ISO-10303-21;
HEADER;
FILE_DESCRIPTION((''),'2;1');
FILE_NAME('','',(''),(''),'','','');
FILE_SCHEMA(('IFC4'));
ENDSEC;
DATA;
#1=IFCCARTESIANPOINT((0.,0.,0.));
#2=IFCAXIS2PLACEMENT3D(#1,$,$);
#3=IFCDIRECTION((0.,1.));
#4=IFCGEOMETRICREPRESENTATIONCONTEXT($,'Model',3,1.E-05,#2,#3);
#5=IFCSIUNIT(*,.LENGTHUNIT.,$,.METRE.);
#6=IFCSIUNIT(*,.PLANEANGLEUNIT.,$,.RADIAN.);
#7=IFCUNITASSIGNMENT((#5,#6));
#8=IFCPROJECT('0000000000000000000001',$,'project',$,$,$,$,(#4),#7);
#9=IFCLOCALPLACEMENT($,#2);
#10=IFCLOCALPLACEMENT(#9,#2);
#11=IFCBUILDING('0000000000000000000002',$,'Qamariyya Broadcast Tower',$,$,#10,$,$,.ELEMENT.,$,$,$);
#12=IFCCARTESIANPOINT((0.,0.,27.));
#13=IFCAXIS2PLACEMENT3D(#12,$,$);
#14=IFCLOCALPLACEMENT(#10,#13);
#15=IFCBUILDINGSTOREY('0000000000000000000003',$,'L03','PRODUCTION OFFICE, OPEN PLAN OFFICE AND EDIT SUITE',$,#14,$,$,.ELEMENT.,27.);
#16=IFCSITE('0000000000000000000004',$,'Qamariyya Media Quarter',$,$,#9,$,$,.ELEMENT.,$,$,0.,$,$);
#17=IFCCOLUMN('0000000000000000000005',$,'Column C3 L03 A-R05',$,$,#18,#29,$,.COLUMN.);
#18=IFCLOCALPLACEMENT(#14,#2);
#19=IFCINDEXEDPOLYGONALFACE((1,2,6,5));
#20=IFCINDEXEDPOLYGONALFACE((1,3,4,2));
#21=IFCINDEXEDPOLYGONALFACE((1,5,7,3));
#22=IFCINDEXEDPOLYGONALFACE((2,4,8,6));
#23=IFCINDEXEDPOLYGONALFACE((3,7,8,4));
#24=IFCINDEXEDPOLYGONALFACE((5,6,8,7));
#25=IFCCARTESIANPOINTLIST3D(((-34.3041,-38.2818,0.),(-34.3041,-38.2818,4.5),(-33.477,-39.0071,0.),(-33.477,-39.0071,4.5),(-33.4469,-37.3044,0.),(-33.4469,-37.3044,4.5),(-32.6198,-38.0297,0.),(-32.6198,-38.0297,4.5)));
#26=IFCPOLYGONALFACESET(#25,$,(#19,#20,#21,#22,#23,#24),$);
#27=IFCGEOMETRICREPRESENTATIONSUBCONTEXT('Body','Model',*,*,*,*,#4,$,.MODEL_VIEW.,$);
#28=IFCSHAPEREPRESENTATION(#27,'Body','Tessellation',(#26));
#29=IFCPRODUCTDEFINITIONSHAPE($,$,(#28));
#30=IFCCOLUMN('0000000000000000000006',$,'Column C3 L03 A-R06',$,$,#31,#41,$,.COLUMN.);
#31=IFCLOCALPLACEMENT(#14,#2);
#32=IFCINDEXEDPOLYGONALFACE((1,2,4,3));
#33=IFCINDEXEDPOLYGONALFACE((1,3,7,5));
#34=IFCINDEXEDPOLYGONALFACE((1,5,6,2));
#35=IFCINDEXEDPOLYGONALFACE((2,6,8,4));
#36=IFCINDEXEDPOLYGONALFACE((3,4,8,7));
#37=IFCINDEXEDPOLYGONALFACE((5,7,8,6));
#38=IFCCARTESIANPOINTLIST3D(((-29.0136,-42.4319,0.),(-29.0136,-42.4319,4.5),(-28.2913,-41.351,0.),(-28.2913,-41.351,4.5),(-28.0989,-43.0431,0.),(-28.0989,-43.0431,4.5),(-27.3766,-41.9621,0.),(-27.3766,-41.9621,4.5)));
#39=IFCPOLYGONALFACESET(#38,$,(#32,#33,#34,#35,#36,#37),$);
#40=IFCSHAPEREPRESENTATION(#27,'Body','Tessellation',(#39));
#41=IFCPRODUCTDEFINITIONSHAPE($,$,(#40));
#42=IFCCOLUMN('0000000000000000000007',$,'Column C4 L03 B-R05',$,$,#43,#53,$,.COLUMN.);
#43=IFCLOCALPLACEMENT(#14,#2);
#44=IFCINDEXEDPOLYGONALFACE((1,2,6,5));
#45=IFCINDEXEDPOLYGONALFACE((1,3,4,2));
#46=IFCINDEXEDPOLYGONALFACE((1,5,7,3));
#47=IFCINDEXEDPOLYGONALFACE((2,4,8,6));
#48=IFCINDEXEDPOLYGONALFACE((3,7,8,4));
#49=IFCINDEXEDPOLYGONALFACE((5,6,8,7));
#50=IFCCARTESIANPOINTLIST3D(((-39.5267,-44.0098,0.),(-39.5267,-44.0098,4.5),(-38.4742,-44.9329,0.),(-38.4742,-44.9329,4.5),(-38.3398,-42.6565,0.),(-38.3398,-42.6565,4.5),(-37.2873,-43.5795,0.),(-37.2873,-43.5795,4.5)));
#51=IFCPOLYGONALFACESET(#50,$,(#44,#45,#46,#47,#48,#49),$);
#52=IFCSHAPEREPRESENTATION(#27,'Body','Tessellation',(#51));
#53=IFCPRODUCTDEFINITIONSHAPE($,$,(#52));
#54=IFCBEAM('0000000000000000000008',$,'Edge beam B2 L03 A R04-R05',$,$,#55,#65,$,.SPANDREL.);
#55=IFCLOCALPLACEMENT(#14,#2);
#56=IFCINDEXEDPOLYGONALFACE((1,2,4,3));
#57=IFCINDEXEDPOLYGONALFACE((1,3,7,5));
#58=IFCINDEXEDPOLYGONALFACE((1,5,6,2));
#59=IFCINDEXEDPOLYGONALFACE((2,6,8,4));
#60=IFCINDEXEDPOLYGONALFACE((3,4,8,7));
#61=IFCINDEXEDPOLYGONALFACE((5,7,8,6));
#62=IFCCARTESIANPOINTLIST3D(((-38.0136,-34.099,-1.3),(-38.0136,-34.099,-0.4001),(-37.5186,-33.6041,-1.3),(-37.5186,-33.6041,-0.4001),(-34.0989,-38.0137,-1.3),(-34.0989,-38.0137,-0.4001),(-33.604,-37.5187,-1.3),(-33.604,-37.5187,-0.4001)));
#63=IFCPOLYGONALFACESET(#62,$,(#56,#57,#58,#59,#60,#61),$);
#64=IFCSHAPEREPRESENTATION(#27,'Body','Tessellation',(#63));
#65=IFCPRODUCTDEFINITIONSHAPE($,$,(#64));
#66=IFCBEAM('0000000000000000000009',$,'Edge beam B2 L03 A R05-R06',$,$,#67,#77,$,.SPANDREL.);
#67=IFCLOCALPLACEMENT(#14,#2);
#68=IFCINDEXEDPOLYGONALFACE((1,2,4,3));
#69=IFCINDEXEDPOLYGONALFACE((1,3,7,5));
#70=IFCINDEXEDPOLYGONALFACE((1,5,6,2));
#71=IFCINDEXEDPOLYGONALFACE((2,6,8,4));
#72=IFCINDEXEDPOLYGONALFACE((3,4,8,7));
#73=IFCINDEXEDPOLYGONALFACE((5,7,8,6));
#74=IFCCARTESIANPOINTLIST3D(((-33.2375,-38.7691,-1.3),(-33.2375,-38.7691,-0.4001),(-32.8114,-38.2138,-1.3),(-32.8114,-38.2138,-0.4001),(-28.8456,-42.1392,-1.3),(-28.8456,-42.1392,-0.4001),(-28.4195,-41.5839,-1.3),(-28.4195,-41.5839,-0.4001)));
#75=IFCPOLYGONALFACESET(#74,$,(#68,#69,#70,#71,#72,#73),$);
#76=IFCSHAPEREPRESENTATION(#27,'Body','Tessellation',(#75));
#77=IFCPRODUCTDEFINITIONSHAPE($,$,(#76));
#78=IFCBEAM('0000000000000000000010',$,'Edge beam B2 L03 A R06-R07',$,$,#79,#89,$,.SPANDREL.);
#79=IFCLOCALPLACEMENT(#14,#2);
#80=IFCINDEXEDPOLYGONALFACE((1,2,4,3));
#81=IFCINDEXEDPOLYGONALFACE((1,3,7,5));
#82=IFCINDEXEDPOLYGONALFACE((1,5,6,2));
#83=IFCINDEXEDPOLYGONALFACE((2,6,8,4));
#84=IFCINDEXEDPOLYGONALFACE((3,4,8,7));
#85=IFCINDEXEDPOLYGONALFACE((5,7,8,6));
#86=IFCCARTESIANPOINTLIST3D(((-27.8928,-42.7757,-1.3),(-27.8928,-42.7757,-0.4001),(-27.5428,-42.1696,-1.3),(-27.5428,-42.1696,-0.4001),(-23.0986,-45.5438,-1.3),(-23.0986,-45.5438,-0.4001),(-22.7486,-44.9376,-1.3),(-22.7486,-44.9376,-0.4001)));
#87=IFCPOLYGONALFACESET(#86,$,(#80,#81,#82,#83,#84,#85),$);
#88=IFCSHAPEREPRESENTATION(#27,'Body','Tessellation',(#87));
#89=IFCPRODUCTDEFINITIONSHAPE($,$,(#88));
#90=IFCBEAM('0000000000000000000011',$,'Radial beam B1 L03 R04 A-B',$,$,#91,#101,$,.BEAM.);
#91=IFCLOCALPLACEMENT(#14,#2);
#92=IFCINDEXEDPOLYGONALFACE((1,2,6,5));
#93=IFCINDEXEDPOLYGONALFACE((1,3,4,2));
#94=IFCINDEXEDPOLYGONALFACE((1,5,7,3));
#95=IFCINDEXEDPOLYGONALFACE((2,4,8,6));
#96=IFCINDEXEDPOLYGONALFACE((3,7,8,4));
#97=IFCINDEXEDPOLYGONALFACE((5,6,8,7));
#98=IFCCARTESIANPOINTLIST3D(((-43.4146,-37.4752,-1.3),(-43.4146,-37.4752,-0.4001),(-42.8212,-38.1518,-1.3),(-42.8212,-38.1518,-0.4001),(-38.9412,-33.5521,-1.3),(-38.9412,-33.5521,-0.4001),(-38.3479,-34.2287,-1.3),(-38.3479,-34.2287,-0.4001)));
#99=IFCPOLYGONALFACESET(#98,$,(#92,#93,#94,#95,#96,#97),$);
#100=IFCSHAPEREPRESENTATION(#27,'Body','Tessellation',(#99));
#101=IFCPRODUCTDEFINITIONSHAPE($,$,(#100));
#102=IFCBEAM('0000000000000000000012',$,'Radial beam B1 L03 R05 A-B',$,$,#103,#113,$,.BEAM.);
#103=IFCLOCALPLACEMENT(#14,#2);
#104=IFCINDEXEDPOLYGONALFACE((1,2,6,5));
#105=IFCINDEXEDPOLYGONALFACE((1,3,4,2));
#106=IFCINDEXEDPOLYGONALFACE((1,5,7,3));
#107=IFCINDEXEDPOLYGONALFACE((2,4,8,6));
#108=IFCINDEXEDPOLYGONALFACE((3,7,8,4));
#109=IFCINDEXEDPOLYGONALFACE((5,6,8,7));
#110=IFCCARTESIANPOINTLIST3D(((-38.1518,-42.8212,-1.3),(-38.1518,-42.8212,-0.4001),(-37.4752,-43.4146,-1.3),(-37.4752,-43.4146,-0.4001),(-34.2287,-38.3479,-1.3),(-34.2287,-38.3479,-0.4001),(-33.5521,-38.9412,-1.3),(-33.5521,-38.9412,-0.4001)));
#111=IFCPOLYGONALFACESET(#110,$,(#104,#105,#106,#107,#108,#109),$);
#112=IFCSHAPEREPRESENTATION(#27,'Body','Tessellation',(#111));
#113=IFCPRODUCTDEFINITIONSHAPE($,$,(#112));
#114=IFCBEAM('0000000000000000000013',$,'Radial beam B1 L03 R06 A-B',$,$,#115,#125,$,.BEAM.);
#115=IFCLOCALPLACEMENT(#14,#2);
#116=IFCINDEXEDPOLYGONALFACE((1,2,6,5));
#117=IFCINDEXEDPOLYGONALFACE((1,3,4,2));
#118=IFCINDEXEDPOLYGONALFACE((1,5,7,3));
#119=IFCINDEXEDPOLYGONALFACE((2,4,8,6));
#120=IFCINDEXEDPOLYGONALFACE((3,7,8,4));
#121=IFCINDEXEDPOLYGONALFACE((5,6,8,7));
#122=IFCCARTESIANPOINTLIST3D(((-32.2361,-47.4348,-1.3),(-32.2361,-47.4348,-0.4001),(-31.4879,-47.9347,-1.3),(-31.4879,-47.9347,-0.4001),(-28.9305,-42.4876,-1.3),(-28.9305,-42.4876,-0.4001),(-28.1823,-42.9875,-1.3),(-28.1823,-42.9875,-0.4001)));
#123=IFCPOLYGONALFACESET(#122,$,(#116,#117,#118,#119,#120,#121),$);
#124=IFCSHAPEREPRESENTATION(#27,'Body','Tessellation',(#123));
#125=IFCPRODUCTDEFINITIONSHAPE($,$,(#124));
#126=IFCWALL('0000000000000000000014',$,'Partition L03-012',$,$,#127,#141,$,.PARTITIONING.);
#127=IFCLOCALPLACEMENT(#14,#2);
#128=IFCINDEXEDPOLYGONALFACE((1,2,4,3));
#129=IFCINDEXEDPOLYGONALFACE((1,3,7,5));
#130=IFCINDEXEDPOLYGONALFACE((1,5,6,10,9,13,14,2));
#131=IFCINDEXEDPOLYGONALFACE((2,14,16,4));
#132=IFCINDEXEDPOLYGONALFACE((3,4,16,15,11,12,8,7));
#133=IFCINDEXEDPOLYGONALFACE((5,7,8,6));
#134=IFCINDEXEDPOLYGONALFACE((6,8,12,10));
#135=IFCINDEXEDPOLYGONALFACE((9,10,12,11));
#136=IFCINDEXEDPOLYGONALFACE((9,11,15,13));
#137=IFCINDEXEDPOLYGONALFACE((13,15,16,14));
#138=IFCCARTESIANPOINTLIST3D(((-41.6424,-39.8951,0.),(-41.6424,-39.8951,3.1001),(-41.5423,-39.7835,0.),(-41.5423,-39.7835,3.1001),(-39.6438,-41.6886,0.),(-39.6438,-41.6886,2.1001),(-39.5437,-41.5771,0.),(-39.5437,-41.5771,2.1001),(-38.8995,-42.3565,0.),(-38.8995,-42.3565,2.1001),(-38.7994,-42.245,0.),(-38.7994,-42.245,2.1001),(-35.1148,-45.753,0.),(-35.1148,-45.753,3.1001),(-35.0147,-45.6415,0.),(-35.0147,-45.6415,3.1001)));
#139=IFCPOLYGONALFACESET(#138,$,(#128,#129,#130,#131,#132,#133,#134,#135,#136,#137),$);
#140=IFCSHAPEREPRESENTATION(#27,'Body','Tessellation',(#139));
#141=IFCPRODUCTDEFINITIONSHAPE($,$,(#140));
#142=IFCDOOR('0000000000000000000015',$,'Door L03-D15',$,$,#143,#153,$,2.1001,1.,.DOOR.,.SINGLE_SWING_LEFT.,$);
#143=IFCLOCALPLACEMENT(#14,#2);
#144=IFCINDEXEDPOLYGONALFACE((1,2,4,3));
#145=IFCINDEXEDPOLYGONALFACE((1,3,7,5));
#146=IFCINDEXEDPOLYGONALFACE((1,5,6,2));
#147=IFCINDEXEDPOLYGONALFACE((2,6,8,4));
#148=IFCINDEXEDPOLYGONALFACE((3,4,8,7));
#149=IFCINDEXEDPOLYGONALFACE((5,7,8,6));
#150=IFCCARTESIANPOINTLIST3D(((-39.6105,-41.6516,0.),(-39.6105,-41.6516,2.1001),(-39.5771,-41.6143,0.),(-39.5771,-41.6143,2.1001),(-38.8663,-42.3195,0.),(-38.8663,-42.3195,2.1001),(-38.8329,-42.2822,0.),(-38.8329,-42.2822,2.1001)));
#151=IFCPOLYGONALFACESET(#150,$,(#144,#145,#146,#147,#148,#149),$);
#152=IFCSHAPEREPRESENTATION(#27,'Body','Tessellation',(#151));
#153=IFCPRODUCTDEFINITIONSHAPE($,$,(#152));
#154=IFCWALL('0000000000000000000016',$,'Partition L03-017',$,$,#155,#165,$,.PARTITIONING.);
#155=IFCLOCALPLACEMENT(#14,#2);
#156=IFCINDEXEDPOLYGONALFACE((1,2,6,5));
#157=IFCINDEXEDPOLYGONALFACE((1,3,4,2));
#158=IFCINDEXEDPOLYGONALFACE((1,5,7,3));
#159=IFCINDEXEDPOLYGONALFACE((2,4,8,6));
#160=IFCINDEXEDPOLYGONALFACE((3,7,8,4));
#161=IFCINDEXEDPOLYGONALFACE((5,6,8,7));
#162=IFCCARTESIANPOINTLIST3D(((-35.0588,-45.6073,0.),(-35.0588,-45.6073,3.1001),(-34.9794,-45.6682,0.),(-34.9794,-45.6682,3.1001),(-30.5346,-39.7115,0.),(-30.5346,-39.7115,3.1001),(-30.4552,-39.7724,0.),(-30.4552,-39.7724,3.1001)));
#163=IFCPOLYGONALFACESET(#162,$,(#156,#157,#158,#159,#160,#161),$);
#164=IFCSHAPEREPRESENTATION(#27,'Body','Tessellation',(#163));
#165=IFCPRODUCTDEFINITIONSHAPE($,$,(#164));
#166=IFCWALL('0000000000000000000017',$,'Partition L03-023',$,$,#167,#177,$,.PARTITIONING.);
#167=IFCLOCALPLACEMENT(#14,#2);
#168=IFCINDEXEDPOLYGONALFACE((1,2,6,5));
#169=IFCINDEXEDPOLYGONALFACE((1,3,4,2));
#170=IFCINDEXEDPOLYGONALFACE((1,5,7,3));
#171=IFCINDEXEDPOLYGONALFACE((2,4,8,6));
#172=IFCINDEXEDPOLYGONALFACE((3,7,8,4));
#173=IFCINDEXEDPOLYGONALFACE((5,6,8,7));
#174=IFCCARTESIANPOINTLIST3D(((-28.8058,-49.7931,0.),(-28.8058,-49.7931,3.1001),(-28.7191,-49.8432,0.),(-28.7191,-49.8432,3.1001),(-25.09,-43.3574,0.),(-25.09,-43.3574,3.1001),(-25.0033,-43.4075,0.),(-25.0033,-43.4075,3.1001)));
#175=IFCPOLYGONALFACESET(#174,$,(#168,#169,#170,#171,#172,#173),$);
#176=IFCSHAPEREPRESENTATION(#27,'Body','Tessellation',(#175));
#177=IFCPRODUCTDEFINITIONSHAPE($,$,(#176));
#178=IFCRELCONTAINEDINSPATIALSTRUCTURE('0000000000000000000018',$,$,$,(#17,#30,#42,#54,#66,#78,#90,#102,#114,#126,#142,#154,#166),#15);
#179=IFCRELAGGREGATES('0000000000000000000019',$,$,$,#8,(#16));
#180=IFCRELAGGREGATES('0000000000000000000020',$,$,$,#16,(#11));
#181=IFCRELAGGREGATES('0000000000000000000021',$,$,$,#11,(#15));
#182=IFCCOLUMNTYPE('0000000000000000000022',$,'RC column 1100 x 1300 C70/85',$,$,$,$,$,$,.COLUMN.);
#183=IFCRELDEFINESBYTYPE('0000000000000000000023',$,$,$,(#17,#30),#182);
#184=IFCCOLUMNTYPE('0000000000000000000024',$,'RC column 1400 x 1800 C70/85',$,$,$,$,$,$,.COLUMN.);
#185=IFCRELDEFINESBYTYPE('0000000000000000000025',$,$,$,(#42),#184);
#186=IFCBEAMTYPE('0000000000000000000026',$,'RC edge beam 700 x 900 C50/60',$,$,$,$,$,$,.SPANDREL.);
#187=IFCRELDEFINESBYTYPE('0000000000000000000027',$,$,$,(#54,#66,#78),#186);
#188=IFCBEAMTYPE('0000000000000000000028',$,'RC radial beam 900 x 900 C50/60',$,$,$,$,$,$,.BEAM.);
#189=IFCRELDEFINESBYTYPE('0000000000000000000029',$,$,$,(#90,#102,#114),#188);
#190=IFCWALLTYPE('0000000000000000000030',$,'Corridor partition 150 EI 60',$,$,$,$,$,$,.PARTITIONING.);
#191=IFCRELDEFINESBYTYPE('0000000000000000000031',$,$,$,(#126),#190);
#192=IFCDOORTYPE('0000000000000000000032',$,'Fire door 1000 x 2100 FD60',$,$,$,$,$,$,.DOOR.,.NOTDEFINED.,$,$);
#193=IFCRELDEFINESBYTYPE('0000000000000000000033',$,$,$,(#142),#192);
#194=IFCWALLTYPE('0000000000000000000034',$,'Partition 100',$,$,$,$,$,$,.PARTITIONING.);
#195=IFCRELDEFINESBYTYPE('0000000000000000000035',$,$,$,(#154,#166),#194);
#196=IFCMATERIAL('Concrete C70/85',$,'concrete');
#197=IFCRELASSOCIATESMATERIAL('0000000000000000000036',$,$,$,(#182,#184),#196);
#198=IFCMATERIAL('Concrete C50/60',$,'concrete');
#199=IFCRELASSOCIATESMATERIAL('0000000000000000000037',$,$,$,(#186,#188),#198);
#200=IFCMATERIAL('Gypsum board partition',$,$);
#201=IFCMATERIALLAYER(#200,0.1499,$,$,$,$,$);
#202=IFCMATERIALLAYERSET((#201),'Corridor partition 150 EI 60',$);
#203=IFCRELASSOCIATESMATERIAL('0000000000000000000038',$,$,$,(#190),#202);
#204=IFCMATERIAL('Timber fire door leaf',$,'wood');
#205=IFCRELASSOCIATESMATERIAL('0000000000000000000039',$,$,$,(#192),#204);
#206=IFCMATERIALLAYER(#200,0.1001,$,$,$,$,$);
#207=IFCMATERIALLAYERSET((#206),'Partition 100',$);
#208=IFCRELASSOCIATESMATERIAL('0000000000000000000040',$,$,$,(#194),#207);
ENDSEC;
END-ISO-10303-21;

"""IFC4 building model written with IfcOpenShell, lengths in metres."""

from ifc_helpers import new_model, si_unit, direction, frame, frame_2d, origin, origin_2d, place, context, subcontext, project, spatial, rectangle, extrude, material, layer, layer_set, material_profile, profile_set, type_object, element, fill, save


model = new_model("IFC4")

# Units and contexts
model_context = context("Model", 3, precision=1e-05, world=origin(), true_north=direction((0.0, 1.0)))
body_context = subcontext(model_context, "Body", "Model", "MODEL_VIEW")
ifc_project = project(units=[si_unit("LENGTHUNIT", "METRE"), si_unit("PLANEANGLEUNIT", "RADIAN")], contexts=[model_context])

# Site, building, storey
site_placement = place(None, origin())
site = spatial("IfcSite", under=ifc_project, at=site_placement, Name="Qamariyya Media Quarter", CompositionType="ELEMENT", RefElevation=0.0)
building_placement = place(site_placement, origin())
building = spatial("IfcBuilding", under=site, at=building_placement, Name="Qamariyya Broadcast Tower", CompositionType="ELEMENT")
storey_placement = place(building_placement, frame((0.0, 0.0, 27.0)))
storey = spatial("IfcBuildingStorey", under=building, at=storey_placement, Name="L03", Description="PRODUCTION OFFICE, OPEN PLAN OFFICE AND EDIT SUITE", CompositionType="ELEMENT", Elevation=27.0)

# Columns
ifc_material_1 = material(Name="Concrete C70/85", Category="concrete")
ifc_material_profile_1 = material_profile(ifc_material_1, rectangle(XDim=1.1001, YDim=1.3, at=origin_2d()))
ifc_profile_set_1 = profile_set([ifc_material_profile_1], Name="Concrete C70/85")
column_type_1 = type_object("IfcColumnType", Name="RC column 1100 x 1300 C70/85", PredefinedType="COLUMN", material=ifc_profile_set_1)
for number, where, z_axis, x_axis, name in (
    (1, (-33.4619, -38.1558, 0.0), (0.0, 0.0, 1.0), (0.75184, -0.659346, 0.0), "Column C3 L03 A-R05"),
    (2, (-28.1951, -42.197, 0.0), (0.0, 0.0, 1.0), (0.83147, -0.55557, 0.0), "Column C3 L03 A-R06"),
):
    element("IfcColumn", number, at=place(storey_placement, frame(where, z_axis=z_axis, x_axis=x_axis)), inside=storey, type_object=column_type_1, Name=name, PredefinedType="COLUMN", context=body_context, shape_type="SweptSolid", body=[
        extrude(rectangle(XDim=1.1001, YDim=1.3, at=origin_2d()), origin(), (0.0, 0.0, 1.0), 4.5),
    ])
ifc_material_profile_2 = material_profile(ifc_material_1, rectangle(XDim=1.3999, YDim=1.8, at=origin_2d()))
ifc_profile_set_2 = profile_set([ifc_material_profile_2], Name="Concrete C70/85")
column_type_2 = type_object("IfcColumnType", Name="RC column 1400 x 1800 C70/85", PredefinedType="COLUMN", material=ifc_profile_set_2)
column_placement = place(storey_placement, frame((-38.407, -43.7947, 0.0), z_axis=(0.0, 0.0, 1.0), x_axis=(0.75184, -0.659346, 0.0)))
element("IfcColumn", 3, at=column_placement, inside=storey, type_object=column_type_2, Name="Column C4 L03 B-R05", PredefinedType="COLUMN", context=body_context, shape_type="SweptSolid", body=[
    extrude(rectangle(XDim=1.3999, YDim=1.8, at=origin_2d()), origin(), (0.0, 0.0, 1.0), 4.5),
])

# Beams
ifc_material_2 = material(Name="Concrete C50/60", Category="concrete")
ifc_material_profile_3 = material_profile(ifc_material_2, rectangle(XDim=0.7, YDim=0.8999, at=origin_2d()))
ifc_profile_set_3 = profile_set([ifc_material_profile_3], Name="Concrete C50/60")
beam_type_1 = type_object("IfcBeamType", Name="RC edge beam 700 x 900 C50/60", PredefinedType="SPANDREL", material=ifc_profile_set_3)
beam_placement = place(storey_placement, frame((-37.7661, -33.8516, -0.8501), z_axis=(0.707107, -0.707107, 0.0), x_axis=(0.707107, 0.707107, 0.0)))
element("IfcBeam", 4, at=beam_placement, inside=storey, type_object=beam_type_1, Name="Edge beam B2 L03 A R04-R05", PredefinedType="SPANDREL", context=body_context, shape_type="SweptSolid", body=[
    extrude(rectangle(XDim=0.7, YDim=0.8999, at=origin_2d()), origin(), (0.0, 0.0, 1.0), 5.5361),
])
for number, where, z_axis, x_axis, name in (
    (5, (-33.0244, -38.4915, -0.8501), (0.793342, -0.608777, 0.0), (0.608777, 0.793342, 0.0), "Edge beam B2 L03 A R05-R06"),
    (6, (-27.7178, -42.4727, -0.8501), (0.866014, -0.500019, 0.0), (0.500019, 0.866014, 0.0), "Edge beam B2 L03 A R06-R07"),
):
    element("IfcBeam", number, at=place(storey_placement, frame(where, z_axis=z_axis, x_axis=x_axis)), inside=storey, type_object=beam_type_1, Name=name, PredefinedType="SPANDREL", context=body_context, shape_type="SweptSolid", body=[
        extrude(rectangle(XDim=0.7, YDim=0.8999, at=origin_2d()), origin(), (0.0, 0.0, 1.0), 5.5359),
    ])
ifc_material_profile_4 = material_profile(ifc_material_2, rectangle(XDim=0.8999, YDim=0.8999, at=origin_2d()))
ifc_profile_set_4 = profile_set([ifc_material_profile_4], Name="Concrete C50/60")
beam_type_2 = type_object("IfcBeamType", Name="RC radial beam 900 x 900 C50/60", PredefinedType="BEAM", material=ifc_profile_set_4)
for number, where, z_axis, x_axis, name in (
    (7, (-38.6445, -33.8904, -0.8501), (-0.751837, -0.65935, 0.0), (0.65935, -0.751837, 0.0), "Radial beam B1 L03 R04 A-B"),
    (8, (-33.8904, -38.6445, -0.8501), (-0.65935, -0.751837, 0.0), (0.751837, -0.65935, 0.0), "Radial beam B1 L03 R05 A-B"),
    (9, (-28.5564, -42.7375, -0.8501), (-0.555571, -0.831469, 0.0), (0.831469, -0.555571, 0.0), "Radial beam B1 L03 R06 A-B"),
):
    element("IfcBeam", number, at=place(storey_placement, frame(where, z_axis=z_axis, x_axis=x_axis)), inside=storey, type_object=beam_type_2, Name=name, PredefinedType="BEAM", context=body_context, shape_type="SweptSolid", body=[
        extrude(rectangle(XDim=0.8999, YDim=0.8999, at=origin_2d()), origin(), (0.0, 0.0, 1.0), 5.95),
    ])

# Wall, opening, door
ifc_material_3 = material(Name="Gypsum board partition")
ifc_layer_1 = layer(ifc_material_3, 0.1499)
ifc_layer_set_1 = layer_set([ifc_layer_1], Name="Corridor partition 150 EI 60")
wall_type_1 = type_object("IfcWallType", Name="Corridor partition 150 EI 60", PredefinedType="PARTITIONING", material=ifc_layer_set_1)
wall_1_placement = place(storey_placement, frame((-41.5923, -39.8394, 0.0), z_axis=(0.0, 0.0, 1.0), x_axis=(0.744253, -0.667898, 0.0)))
wall_1 = element("IfcWall", 10, at=wall_1_placement, inside=storey, type_object=wall_type_1, Name="Partition L03-012", PredefinedType="PARTITIONING", context=body_context, shape_type="SweptSolid", body=[
    extrude(rectangle(XDim=8.7708, YDim=0.1499, at=frame_2d((4.3853, 0.0))), origin(), (0.0, 0.0, 1.0), 3.1001),
])
opening_1_placement = place(wall_1_placement, frame((2.6853, 0.0, 0.0)))
opening_1 = element("IfcOpeningElement", 11, at=opening_1_placement, cuts=wall_1, PredefinedType="OPENING", context=body_context, shape_type="SweptSolid", body=[
    extrude(rectangle(XDim=1.0, YDim=2.1001, at=frame_2d((0.5, 1.05))), frame((0.0, 0.085, 0.0), z_axis=(0.0, -1.0, 0.0), x_axis=(1.0, 0.0, 0.0)), (0.0, 0.0, 1.0), 0.1699),
])
ifc_material_4 = material(Name="Timber fire door leaf", Category="wood")
door_type = type_object("IfcDoorType", Name="Fire door 1000 x 2100 FD60", OperationType="NOTDEFINED", PredefinedType="DOOR", material=ifc_material_4)
door_placement = place(opening_1_placement, origin())
door = element("IfcDoor", 12, at=door_placement, inside=storey, type_object=door_type, Name="Door L03-D15", OperationType="SINGLE_SWING_LEFT", OverallHeight=2.1001, OverallWidth=1.0, PredefinedType="DOOR", context=body_context, shape_type="SweptSolid", body=[
    extrude(rectangle(XDim=1.0, YDim=2.1001, at=frame_2d((0.5, 1.05))), frame((0.0, 0.0249, 0.0), z_axis=(0.0, -1.0, 0.0), x_axis=(1.0, 0.0, 0.0)), (0.0, 0.0, 1.0), 0.05),
])
fill(opening_1, door)

# Walls
ifc_layer_2 = layer(ifc_material_3, 0.1001)
ifc_layer_set_2 = layer_set([ifc_layer_2], Name="Partition 100")
wall_type_2 = type_object("IfcWallType", Name="Partition 100", PredefinedType="PARTITIONING", material=ifc_layer_set_2)
wall_2_placement = place(storey_placement, frame((-30.4949, -39.7419, 0.0), z_axis=(0.0, 0.0, 1.0), x_axis=(-0.608778, -0.79334, 0.0)))
element("IfcWall", 13, at=wall_2_placement, inside=storey, type_object=wall_type_2, Name="Partition L03-017", PredefinedType="PARTITIONING", context=body_context, shape_type="SweptSolid", body=[
    extrude(rectangle(XDim=7.4316, YDim=0.1001, at=frame_2d((3.7158, 0.0))), origin(), (0.0, 0.0, 1.0), 3.1001),
])
wall_3_placement = place(storey_placement, frame((-25.0466, -43.3823, 0.0), z_axis=(0.0, 0.0, 1.0), x_axis=(-0.500012, -0.866019, 0.0)))
element("IfcWall", 14, at=wall_3_placement, inside=storey, type_object=wall_type_2, Name="Partition L03-023", PredefinedType="PARTITIONING", context=body_context, shape_type="SweptSolid", body=[
    extrude(rectangle(XDim=7.4314, YDim=0.1001, at=frame_2d((3.7158, 0.0))), origin(), (0.0, 0.0, 1.0), 3.1001),
])

save(model, "model.ifc")
